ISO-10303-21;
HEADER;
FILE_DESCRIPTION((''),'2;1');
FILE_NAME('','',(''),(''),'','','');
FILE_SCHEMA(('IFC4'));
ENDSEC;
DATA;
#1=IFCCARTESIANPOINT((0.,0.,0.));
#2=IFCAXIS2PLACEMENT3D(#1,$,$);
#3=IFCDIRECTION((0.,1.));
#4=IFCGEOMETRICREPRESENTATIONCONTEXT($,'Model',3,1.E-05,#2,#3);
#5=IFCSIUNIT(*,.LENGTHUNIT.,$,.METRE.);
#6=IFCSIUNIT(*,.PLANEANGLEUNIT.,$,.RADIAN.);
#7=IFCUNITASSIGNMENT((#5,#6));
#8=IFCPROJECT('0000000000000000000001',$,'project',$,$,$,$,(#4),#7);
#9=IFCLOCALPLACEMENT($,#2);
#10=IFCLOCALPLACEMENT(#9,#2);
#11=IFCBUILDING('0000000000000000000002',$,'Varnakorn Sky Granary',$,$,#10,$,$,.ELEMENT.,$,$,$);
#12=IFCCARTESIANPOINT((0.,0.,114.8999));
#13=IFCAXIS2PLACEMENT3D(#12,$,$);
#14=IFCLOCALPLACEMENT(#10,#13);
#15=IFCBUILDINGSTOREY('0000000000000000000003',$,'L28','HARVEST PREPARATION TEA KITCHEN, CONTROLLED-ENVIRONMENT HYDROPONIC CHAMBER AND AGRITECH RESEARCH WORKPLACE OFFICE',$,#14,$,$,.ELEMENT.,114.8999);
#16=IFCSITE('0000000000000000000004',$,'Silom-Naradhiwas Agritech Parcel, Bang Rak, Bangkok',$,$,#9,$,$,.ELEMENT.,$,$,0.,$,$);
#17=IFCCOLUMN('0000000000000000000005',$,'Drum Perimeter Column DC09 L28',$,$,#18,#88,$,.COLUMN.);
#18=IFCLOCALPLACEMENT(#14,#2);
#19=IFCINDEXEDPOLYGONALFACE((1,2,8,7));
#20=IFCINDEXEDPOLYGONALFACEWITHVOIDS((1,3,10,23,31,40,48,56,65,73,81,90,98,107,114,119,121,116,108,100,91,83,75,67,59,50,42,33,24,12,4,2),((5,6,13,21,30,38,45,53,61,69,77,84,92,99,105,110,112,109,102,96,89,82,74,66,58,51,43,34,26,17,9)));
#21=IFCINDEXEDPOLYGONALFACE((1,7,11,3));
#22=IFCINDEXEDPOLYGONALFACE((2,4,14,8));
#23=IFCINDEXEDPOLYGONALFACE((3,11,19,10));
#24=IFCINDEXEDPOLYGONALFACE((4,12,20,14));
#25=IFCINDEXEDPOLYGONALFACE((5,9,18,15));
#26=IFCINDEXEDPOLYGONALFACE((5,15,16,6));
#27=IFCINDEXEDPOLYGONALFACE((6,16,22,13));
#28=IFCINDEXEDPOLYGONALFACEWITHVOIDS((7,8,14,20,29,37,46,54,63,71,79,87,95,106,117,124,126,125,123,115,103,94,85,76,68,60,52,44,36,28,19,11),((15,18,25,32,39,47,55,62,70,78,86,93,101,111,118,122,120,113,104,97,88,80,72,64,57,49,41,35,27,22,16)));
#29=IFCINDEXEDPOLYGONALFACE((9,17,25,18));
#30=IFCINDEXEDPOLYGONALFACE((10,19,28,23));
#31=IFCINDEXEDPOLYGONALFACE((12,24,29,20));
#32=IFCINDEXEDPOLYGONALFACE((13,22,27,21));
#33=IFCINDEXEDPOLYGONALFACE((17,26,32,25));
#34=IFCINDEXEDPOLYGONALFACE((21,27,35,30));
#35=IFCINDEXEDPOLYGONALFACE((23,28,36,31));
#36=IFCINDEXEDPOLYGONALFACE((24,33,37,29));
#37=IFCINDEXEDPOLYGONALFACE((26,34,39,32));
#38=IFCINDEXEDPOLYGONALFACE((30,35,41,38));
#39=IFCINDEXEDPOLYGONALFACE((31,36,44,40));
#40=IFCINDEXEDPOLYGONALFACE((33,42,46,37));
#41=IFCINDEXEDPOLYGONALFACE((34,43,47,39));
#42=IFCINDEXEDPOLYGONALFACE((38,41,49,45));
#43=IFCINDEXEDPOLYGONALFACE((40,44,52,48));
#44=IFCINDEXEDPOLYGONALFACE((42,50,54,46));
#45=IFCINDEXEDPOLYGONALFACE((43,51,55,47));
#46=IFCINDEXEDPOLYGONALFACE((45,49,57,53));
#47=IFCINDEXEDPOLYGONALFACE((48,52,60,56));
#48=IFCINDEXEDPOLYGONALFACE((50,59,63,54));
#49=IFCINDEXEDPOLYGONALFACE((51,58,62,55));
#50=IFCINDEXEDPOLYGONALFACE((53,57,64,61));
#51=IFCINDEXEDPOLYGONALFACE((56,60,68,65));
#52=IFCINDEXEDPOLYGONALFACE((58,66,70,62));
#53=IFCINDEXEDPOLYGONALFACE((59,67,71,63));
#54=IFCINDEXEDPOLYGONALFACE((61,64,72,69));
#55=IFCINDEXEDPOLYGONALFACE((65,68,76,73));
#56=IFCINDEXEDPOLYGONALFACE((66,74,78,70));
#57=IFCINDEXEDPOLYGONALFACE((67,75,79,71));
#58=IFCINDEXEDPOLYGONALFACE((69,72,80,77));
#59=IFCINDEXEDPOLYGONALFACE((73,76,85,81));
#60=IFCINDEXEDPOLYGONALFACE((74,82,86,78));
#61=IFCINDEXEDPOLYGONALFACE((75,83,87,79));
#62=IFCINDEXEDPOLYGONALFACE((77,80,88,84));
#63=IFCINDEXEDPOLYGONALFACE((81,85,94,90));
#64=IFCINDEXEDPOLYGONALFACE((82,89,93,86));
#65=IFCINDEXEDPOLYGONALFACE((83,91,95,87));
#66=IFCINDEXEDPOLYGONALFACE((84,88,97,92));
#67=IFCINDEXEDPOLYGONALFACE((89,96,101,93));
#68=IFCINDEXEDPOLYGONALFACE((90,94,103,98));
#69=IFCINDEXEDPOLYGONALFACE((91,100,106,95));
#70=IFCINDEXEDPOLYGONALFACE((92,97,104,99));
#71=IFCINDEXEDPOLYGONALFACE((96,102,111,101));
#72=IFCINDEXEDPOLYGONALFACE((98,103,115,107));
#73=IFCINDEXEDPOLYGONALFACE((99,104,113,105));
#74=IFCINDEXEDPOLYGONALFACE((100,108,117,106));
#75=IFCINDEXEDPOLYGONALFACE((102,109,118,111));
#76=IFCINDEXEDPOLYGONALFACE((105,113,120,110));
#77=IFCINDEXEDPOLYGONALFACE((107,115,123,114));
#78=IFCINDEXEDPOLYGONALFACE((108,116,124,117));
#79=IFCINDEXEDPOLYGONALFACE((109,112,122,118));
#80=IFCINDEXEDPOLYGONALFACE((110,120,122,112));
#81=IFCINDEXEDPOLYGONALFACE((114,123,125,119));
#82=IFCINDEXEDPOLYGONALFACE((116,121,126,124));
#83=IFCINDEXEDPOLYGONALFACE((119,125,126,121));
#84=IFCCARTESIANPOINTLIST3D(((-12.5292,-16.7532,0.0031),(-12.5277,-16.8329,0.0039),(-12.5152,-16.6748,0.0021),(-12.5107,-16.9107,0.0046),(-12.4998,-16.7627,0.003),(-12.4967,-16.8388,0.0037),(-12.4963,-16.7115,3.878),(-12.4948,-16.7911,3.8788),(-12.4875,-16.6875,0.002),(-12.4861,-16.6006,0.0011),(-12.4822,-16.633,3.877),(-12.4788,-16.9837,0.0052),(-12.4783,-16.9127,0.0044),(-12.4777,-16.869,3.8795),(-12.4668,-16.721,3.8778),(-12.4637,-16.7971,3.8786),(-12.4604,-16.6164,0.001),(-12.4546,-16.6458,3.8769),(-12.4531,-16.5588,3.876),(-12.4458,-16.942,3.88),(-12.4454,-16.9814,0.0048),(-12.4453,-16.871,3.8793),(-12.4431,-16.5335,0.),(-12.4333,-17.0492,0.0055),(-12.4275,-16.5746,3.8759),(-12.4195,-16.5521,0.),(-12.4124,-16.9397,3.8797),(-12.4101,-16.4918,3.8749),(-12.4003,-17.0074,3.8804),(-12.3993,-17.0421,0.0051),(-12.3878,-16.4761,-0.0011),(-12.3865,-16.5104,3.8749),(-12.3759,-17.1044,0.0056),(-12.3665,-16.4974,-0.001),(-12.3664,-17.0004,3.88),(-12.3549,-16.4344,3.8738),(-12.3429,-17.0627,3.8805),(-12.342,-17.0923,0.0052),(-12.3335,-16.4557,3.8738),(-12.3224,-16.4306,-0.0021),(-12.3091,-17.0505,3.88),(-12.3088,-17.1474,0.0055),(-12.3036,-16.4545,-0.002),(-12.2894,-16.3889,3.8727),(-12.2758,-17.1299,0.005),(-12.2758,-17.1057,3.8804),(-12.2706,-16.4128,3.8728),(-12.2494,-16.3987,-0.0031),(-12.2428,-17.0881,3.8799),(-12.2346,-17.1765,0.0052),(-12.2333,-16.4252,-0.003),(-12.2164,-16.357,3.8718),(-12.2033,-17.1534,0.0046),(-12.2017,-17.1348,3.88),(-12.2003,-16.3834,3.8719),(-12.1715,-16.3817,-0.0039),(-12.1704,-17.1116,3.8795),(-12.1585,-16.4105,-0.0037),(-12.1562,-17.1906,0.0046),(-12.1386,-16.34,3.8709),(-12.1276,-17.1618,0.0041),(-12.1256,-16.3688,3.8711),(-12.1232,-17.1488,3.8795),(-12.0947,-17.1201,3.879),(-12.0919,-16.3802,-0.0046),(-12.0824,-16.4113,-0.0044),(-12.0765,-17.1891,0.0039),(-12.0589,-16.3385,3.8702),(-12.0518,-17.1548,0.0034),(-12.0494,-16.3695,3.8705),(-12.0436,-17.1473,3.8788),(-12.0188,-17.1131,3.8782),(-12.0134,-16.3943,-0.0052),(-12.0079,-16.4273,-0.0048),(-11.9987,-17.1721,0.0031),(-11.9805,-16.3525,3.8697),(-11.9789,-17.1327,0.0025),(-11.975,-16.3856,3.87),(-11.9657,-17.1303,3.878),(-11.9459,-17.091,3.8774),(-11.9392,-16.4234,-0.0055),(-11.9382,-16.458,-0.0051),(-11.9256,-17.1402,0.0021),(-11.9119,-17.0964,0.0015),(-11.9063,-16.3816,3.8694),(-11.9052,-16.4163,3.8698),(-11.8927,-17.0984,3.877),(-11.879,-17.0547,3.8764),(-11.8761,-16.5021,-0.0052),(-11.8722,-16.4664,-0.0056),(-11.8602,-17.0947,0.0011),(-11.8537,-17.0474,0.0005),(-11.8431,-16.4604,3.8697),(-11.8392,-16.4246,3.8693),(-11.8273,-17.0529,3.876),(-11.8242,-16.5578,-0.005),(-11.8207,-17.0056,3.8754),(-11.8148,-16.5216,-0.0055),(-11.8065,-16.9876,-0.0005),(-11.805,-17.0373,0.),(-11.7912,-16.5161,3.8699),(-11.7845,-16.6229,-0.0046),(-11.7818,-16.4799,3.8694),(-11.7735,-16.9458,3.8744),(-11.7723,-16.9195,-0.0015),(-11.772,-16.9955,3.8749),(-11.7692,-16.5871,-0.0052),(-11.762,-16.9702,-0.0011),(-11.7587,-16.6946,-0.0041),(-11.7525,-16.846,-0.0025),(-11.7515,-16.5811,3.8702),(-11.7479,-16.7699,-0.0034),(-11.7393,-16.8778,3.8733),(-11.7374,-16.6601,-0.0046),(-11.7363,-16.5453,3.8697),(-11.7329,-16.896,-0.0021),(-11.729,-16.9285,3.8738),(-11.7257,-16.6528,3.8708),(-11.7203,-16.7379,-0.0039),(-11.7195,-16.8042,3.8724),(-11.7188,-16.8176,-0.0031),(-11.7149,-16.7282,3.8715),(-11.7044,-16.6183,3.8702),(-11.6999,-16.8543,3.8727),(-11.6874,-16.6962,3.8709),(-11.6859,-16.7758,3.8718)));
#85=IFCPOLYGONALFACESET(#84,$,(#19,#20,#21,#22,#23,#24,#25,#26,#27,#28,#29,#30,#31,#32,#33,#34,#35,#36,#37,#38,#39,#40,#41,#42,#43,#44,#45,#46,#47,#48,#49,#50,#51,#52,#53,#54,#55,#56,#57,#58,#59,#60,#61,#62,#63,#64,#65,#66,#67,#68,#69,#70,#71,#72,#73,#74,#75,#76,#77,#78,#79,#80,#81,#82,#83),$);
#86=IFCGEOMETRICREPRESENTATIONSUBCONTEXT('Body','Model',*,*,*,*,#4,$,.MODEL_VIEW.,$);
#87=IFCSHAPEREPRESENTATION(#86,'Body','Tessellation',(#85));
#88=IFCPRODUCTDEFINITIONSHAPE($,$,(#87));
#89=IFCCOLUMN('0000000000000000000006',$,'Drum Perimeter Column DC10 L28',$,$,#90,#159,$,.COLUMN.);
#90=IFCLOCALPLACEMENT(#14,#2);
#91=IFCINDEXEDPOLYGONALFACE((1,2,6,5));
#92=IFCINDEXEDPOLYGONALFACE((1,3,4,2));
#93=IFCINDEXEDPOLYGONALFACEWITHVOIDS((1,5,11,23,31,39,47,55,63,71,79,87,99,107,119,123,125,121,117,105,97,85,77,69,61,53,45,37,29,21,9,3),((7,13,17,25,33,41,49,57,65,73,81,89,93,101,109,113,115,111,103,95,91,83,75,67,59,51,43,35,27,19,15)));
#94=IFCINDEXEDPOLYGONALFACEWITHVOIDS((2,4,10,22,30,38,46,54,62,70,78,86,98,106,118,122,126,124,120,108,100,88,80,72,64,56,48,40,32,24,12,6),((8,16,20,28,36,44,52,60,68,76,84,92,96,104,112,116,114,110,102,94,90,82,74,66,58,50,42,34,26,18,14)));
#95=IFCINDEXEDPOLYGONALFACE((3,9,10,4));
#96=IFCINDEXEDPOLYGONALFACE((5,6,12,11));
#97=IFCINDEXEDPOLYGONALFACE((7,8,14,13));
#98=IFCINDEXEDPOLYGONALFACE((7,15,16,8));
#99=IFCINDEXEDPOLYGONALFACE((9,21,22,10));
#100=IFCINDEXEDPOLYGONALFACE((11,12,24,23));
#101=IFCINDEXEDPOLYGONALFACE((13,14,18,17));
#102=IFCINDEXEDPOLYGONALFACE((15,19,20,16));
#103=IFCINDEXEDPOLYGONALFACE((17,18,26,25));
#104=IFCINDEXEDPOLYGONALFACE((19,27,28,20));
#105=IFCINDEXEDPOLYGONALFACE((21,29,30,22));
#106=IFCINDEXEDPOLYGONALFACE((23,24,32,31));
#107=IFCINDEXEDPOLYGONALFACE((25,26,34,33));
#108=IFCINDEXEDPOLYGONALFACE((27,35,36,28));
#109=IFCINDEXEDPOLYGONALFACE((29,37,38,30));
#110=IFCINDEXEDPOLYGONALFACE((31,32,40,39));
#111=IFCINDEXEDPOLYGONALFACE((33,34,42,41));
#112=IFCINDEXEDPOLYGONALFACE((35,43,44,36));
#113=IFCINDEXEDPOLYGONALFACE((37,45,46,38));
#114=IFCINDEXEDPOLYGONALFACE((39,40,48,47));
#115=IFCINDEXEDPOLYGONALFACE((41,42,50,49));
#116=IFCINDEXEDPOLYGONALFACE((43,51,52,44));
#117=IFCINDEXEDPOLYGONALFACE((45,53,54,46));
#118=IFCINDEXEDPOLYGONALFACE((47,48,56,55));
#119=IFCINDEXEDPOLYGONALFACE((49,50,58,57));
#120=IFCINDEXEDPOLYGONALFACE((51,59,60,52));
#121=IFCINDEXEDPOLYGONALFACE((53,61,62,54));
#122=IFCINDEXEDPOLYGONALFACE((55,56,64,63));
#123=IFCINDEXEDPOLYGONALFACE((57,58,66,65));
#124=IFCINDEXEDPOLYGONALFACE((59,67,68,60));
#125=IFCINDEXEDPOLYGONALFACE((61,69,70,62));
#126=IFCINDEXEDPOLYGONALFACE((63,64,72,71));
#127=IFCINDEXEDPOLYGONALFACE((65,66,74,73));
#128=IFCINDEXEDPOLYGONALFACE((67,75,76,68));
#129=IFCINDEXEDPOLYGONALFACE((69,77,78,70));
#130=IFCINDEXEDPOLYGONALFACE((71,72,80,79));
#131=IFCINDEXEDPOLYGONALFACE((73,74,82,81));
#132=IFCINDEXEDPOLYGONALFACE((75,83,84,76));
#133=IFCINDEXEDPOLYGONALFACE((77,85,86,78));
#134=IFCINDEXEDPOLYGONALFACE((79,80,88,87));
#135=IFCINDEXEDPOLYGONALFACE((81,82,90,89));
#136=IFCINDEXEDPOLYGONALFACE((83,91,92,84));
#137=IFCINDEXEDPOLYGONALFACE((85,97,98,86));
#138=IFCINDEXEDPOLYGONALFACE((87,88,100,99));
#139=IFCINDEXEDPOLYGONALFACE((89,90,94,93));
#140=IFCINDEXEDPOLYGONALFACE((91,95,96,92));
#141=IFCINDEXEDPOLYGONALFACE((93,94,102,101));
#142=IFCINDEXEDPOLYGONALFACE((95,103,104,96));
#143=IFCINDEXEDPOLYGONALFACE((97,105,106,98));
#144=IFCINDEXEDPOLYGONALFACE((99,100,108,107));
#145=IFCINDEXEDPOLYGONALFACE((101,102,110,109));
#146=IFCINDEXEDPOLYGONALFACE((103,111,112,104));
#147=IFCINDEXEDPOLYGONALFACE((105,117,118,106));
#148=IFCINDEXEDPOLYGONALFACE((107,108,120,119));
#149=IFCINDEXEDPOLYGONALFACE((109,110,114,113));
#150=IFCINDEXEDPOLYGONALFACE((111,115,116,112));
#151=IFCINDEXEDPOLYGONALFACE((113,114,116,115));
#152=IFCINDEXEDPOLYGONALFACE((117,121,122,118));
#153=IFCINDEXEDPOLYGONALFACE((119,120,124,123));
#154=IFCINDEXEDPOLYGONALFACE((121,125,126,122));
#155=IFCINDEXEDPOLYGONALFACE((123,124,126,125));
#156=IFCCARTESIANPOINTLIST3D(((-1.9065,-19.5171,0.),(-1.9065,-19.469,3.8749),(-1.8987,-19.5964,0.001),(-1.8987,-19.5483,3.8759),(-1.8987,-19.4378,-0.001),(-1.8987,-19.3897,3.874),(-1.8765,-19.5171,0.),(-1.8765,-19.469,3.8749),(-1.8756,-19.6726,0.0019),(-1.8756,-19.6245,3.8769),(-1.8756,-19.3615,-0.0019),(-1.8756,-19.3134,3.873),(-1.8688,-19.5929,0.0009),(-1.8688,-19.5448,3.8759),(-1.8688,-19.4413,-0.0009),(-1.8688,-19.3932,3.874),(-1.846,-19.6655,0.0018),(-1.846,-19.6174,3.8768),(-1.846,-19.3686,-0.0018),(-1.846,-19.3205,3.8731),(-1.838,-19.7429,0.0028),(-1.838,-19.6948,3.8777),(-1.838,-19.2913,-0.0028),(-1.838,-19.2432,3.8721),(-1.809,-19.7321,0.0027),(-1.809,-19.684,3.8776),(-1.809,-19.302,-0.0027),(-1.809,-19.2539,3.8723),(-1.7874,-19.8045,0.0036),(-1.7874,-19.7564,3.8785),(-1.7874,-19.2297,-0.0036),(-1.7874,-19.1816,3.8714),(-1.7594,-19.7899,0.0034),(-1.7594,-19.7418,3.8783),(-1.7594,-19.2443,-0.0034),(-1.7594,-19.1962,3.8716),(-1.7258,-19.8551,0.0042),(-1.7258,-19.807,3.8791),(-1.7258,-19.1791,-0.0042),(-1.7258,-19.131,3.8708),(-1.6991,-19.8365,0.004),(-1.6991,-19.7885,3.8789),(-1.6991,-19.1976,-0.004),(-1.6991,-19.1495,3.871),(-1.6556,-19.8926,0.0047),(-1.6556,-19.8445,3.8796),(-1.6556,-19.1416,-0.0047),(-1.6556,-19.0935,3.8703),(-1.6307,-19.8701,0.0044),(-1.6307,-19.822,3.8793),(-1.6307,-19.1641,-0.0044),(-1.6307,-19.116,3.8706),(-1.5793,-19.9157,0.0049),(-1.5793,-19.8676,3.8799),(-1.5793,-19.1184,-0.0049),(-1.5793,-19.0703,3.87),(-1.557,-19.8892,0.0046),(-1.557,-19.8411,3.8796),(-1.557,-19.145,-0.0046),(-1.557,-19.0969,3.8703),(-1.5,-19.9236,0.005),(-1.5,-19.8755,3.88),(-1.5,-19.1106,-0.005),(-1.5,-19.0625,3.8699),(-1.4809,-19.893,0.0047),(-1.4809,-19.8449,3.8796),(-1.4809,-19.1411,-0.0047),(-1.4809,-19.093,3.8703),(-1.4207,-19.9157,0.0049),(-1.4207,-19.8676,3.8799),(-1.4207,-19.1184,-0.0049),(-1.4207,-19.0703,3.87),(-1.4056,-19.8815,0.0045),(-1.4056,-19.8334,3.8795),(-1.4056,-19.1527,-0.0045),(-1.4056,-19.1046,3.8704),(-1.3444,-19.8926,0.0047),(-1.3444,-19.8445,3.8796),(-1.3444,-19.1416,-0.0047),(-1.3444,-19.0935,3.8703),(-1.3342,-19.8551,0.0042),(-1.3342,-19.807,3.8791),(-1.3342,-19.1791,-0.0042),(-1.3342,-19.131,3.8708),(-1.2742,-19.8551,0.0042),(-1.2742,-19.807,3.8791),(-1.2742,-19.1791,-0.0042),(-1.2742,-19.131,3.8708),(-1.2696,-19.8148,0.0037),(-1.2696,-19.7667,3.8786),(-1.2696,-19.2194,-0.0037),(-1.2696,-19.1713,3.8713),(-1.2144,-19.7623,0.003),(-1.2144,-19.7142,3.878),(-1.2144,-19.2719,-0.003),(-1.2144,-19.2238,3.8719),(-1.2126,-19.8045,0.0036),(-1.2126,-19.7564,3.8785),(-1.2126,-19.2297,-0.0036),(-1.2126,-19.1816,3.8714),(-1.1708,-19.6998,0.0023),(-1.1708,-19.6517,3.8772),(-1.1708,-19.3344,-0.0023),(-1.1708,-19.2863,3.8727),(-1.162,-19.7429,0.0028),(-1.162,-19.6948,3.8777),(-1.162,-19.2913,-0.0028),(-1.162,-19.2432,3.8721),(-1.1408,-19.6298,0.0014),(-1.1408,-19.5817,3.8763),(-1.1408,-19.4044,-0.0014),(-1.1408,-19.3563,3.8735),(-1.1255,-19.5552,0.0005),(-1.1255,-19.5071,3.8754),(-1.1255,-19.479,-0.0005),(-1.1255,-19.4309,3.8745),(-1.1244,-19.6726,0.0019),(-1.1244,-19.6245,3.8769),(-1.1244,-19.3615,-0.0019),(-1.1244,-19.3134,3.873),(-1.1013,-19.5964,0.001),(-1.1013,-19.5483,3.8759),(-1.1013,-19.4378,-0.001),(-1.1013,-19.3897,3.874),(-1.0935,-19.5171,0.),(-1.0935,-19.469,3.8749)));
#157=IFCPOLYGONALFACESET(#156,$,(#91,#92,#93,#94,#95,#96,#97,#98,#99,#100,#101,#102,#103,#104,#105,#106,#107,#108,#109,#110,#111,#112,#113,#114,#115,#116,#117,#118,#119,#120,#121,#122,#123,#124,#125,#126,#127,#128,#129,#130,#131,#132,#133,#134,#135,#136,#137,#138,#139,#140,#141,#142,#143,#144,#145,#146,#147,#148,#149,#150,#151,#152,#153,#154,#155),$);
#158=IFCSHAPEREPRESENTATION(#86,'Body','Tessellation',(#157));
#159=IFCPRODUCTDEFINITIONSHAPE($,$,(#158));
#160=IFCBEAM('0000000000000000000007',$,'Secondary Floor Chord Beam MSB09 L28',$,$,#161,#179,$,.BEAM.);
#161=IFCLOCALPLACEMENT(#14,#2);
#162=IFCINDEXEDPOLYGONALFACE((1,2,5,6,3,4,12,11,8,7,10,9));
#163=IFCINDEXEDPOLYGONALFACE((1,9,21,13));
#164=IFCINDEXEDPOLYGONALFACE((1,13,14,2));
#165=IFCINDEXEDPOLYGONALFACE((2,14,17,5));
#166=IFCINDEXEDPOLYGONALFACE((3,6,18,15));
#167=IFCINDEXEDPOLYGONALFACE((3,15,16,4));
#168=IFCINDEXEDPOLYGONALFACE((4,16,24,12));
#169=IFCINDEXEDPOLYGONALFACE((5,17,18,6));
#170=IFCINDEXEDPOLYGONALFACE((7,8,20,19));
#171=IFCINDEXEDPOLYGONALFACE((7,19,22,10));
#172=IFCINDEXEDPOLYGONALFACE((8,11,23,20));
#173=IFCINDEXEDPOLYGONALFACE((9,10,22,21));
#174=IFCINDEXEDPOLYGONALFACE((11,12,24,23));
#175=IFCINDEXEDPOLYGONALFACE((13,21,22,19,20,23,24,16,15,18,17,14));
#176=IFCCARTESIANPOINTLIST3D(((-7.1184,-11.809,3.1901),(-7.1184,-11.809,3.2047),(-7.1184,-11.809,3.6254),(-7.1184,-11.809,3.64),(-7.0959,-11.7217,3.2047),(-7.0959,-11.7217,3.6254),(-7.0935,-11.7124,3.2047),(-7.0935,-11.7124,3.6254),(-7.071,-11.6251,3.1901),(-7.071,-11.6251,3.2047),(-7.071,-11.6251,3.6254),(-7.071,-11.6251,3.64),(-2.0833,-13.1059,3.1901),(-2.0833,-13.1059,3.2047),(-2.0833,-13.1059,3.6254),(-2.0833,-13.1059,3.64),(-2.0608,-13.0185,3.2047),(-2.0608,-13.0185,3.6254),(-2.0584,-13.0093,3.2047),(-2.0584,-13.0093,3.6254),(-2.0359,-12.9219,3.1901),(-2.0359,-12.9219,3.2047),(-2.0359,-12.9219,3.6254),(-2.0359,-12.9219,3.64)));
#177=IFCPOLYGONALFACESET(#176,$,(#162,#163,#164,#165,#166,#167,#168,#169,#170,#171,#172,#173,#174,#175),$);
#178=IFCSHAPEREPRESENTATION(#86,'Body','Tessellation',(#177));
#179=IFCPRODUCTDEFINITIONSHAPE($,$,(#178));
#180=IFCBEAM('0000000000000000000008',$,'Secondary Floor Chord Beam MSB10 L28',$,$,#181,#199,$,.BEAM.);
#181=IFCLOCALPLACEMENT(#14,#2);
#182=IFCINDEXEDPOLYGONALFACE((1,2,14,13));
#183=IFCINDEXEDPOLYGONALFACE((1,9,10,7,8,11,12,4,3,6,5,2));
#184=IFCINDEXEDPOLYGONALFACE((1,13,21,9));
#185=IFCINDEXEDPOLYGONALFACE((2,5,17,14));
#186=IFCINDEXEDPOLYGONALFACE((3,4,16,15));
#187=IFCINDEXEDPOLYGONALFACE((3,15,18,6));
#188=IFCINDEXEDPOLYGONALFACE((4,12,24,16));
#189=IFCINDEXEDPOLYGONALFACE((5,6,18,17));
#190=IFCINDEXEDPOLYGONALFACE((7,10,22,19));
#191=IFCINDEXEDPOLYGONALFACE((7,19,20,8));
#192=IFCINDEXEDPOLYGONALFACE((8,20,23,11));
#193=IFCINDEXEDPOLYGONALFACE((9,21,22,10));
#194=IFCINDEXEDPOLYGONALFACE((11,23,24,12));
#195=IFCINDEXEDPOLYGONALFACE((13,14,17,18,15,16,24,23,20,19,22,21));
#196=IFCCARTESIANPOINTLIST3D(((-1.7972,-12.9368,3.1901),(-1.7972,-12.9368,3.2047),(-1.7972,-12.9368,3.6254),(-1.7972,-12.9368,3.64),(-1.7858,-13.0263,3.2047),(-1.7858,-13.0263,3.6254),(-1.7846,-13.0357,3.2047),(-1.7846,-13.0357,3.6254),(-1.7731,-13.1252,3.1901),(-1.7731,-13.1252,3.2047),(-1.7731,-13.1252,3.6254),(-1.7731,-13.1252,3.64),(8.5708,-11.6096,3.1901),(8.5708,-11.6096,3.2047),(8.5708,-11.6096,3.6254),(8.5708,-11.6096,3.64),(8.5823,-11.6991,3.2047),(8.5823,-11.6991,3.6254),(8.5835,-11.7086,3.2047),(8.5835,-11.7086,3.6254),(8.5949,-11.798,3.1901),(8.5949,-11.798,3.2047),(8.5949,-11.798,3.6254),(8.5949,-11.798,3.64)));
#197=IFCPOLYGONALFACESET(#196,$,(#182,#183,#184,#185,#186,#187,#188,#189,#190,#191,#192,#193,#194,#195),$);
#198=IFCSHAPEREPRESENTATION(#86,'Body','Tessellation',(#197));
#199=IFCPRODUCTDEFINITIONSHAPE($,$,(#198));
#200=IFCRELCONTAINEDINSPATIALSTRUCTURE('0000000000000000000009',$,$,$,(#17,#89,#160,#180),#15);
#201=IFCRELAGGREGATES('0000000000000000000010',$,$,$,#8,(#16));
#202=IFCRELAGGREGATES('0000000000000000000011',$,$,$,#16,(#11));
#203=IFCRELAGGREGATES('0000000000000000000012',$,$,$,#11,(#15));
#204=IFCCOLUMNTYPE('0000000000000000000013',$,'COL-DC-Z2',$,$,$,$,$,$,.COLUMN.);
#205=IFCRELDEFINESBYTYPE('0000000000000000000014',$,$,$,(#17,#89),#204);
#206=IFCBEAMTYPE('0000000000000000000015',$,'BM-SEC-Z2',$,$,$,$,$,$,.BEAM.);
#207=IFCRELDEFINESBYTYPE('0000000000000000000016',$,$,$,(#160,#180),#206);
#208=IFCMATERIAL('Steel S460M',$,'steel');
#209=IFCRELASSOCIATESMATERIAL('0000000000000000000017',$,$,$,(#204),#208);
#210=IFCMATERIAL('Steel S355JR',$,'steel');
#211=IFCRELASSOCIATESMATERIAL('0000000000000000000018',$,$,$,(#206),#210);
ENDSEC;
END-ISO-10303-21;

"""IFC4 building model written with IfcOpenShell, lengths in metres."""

from ifc_helpers import new_model, si_unit, direction, frame, origin, origin_2d, place, context, subcontext, project, spatial, hollow_circle, i_section, extrude, material, material_profile, profile_set, type_object, element, save


model = new_model("IFC4")

# Units and contexts
model_context = context("Model", 3, precision=1e-05, world=origin(), true_north=direction((0.0, 1.0)))
body_context = subcontext(model_context, "Body", "Model", "MODEL_VIEW")
ifc_project = project(units=[si_unit("LENGTHUNIT", "METRE"), si_unit("PLANEANGLEUNIT", "RADIAN")], contexts=[model_context])

# Site, building, storey
site_placement = place(None, origin())
site = spatial("IfcSite", under=ifc_project, at=site_placement, Name="Silom-Naradhiwas Agritech Parcel, Bang Rak, Bangkok", CompositionType="ELEMENT", RefElevation=0.0)
building_placement = place(site_placement, origin())
building = spatial("IfcBuilding", under=site, at=building_placement, Name="Varnakorn Sky Granary", CompositionType="ELEMENT")
storey_placement = place(building_placement, frame((0.0, 0.0, 114.8999)))
storey = spatial("IfcBuildingStorey", under=building, at=storey_placement, Name="L28", Description="HARVEST PREPARATION TEA KITCHEN, CONTROLLED-ENVIRONMENT HYDROPONIC CHAMBER AND AGRITECH RESEARCH WORKPLACE OFFICE", CompositionType="ELEMENT", Elevation=114.8999)

# Columns
ifc_material_1 = material(Name="Steel S460M", Category="steel")
ifc_material_profile_1 = material_profile(ifc_material_1, hollow_circle(Radius=0.4065, WallThickness=0.03, at=origin_2d()), Name="CHS 813x30")
ifc_profile_set_1 = profile_set([ifc_material_profile_1], Name="Steel S460M")
column_type = type_object("IfcColumnType", Name="COL-DC-Z2", PredefinedType="COLUMN", material=ifc_profile_set_1)
for number, where, z_axis, x_axis, name in (
    (1, (-12.124, -16.7854, 0.0), (0.008505, 0.010773, 0.999906), (-0.784883, 0.619644, 0.0), "Drum Perimeter Column DC09 L28"),
    (2, (-1.5, -19.5171, 0.0), (0.0, 0.012411, 0.999923), (-1.0, 0.0, 0.0), "Drum Perimeter Column DC10 L28"),
):
    element("IfcColumn", number, at=place(storey_placement, frame(where, z_axis=z_axis, x_axis=x_axis)), inside=storey, type_object=column_type, Name=name, PredefinedType="COLUMN", context=body_context, shape_type="SweptSolid", body=[
        extrude(hollow_circle(Radius=0.4065, WallThickness=0.03, at=origin_2d()), origin(), (0.0, 0.0, 1.0), 3.8752),
    ])

# Beams
ifc_material_2 = material(Name="Steel S355JR", Category="steel")
ifc_material_profile_2 = material_profile(ifc_material_2, i_section(OverallWidth=0.1899, OverallDepth=0.45, WebThickness=0.0095, FlangeThickness=0.0146, at=origin_2d()), Name="IPE 450")
ifc_profile_set_2 = profile_set([ifc_material_profile_2], Name="Steel S355JR")
beam_type_1 = type_object("IfcBeamType", Name="BM-SEC-Z2", PredefinedType="BEAM", material=ifc_profile_set_2)
beam_1_placement = place(storey_placement, frame((-7.0947, -11.717, 3.415), z_axis=(0.968394, -0.249424, 0.0), x_axis=(0.249424, 0.968394, 0.0)))
element("IfcBeam", 3, at=beam_1_placement, inside=storey, type_object=beam_type_1, Name="Secondary Floor Chord Beam MSB09 L28", PredefinedType="BEAM", context=body_context, shape_type="SweptSolid", body=[
    extrude(i_section(OverallWidth=0.1899, OverallDepth=0.45, WebThickness=0.0095, FlangeThickness=0.0146, at=origin_2d()), origin(), (0.0, 0.0, 1.0), 5.1995),
])
beam_2_placement = place(storey_placement, frame((-1.7852, -13.031, 3.415), z_axis=(0.991907, 0.126969, 0.0), x_axis=(-0.126969, 0.991907, 0.0)))
element("IfcBeam", 4, at=beam_2_placement, inside=storey, type_object=beam_type_1, Name="Secondary Floor Chord Beam MSB10 L28", PredefinedType="BEAM", context=body_context, shape_type="SweptSolid", body=[
    extrude(i_section(OverallWidth=0.1899, OverallDepth=0.45, WebThickness=0.0095, FlangeThickness=0.0146, at=origin_2d()), origin(), (0.0, 0.0, 1.0), 10.4526),
])

save(model, "model.ifc")
